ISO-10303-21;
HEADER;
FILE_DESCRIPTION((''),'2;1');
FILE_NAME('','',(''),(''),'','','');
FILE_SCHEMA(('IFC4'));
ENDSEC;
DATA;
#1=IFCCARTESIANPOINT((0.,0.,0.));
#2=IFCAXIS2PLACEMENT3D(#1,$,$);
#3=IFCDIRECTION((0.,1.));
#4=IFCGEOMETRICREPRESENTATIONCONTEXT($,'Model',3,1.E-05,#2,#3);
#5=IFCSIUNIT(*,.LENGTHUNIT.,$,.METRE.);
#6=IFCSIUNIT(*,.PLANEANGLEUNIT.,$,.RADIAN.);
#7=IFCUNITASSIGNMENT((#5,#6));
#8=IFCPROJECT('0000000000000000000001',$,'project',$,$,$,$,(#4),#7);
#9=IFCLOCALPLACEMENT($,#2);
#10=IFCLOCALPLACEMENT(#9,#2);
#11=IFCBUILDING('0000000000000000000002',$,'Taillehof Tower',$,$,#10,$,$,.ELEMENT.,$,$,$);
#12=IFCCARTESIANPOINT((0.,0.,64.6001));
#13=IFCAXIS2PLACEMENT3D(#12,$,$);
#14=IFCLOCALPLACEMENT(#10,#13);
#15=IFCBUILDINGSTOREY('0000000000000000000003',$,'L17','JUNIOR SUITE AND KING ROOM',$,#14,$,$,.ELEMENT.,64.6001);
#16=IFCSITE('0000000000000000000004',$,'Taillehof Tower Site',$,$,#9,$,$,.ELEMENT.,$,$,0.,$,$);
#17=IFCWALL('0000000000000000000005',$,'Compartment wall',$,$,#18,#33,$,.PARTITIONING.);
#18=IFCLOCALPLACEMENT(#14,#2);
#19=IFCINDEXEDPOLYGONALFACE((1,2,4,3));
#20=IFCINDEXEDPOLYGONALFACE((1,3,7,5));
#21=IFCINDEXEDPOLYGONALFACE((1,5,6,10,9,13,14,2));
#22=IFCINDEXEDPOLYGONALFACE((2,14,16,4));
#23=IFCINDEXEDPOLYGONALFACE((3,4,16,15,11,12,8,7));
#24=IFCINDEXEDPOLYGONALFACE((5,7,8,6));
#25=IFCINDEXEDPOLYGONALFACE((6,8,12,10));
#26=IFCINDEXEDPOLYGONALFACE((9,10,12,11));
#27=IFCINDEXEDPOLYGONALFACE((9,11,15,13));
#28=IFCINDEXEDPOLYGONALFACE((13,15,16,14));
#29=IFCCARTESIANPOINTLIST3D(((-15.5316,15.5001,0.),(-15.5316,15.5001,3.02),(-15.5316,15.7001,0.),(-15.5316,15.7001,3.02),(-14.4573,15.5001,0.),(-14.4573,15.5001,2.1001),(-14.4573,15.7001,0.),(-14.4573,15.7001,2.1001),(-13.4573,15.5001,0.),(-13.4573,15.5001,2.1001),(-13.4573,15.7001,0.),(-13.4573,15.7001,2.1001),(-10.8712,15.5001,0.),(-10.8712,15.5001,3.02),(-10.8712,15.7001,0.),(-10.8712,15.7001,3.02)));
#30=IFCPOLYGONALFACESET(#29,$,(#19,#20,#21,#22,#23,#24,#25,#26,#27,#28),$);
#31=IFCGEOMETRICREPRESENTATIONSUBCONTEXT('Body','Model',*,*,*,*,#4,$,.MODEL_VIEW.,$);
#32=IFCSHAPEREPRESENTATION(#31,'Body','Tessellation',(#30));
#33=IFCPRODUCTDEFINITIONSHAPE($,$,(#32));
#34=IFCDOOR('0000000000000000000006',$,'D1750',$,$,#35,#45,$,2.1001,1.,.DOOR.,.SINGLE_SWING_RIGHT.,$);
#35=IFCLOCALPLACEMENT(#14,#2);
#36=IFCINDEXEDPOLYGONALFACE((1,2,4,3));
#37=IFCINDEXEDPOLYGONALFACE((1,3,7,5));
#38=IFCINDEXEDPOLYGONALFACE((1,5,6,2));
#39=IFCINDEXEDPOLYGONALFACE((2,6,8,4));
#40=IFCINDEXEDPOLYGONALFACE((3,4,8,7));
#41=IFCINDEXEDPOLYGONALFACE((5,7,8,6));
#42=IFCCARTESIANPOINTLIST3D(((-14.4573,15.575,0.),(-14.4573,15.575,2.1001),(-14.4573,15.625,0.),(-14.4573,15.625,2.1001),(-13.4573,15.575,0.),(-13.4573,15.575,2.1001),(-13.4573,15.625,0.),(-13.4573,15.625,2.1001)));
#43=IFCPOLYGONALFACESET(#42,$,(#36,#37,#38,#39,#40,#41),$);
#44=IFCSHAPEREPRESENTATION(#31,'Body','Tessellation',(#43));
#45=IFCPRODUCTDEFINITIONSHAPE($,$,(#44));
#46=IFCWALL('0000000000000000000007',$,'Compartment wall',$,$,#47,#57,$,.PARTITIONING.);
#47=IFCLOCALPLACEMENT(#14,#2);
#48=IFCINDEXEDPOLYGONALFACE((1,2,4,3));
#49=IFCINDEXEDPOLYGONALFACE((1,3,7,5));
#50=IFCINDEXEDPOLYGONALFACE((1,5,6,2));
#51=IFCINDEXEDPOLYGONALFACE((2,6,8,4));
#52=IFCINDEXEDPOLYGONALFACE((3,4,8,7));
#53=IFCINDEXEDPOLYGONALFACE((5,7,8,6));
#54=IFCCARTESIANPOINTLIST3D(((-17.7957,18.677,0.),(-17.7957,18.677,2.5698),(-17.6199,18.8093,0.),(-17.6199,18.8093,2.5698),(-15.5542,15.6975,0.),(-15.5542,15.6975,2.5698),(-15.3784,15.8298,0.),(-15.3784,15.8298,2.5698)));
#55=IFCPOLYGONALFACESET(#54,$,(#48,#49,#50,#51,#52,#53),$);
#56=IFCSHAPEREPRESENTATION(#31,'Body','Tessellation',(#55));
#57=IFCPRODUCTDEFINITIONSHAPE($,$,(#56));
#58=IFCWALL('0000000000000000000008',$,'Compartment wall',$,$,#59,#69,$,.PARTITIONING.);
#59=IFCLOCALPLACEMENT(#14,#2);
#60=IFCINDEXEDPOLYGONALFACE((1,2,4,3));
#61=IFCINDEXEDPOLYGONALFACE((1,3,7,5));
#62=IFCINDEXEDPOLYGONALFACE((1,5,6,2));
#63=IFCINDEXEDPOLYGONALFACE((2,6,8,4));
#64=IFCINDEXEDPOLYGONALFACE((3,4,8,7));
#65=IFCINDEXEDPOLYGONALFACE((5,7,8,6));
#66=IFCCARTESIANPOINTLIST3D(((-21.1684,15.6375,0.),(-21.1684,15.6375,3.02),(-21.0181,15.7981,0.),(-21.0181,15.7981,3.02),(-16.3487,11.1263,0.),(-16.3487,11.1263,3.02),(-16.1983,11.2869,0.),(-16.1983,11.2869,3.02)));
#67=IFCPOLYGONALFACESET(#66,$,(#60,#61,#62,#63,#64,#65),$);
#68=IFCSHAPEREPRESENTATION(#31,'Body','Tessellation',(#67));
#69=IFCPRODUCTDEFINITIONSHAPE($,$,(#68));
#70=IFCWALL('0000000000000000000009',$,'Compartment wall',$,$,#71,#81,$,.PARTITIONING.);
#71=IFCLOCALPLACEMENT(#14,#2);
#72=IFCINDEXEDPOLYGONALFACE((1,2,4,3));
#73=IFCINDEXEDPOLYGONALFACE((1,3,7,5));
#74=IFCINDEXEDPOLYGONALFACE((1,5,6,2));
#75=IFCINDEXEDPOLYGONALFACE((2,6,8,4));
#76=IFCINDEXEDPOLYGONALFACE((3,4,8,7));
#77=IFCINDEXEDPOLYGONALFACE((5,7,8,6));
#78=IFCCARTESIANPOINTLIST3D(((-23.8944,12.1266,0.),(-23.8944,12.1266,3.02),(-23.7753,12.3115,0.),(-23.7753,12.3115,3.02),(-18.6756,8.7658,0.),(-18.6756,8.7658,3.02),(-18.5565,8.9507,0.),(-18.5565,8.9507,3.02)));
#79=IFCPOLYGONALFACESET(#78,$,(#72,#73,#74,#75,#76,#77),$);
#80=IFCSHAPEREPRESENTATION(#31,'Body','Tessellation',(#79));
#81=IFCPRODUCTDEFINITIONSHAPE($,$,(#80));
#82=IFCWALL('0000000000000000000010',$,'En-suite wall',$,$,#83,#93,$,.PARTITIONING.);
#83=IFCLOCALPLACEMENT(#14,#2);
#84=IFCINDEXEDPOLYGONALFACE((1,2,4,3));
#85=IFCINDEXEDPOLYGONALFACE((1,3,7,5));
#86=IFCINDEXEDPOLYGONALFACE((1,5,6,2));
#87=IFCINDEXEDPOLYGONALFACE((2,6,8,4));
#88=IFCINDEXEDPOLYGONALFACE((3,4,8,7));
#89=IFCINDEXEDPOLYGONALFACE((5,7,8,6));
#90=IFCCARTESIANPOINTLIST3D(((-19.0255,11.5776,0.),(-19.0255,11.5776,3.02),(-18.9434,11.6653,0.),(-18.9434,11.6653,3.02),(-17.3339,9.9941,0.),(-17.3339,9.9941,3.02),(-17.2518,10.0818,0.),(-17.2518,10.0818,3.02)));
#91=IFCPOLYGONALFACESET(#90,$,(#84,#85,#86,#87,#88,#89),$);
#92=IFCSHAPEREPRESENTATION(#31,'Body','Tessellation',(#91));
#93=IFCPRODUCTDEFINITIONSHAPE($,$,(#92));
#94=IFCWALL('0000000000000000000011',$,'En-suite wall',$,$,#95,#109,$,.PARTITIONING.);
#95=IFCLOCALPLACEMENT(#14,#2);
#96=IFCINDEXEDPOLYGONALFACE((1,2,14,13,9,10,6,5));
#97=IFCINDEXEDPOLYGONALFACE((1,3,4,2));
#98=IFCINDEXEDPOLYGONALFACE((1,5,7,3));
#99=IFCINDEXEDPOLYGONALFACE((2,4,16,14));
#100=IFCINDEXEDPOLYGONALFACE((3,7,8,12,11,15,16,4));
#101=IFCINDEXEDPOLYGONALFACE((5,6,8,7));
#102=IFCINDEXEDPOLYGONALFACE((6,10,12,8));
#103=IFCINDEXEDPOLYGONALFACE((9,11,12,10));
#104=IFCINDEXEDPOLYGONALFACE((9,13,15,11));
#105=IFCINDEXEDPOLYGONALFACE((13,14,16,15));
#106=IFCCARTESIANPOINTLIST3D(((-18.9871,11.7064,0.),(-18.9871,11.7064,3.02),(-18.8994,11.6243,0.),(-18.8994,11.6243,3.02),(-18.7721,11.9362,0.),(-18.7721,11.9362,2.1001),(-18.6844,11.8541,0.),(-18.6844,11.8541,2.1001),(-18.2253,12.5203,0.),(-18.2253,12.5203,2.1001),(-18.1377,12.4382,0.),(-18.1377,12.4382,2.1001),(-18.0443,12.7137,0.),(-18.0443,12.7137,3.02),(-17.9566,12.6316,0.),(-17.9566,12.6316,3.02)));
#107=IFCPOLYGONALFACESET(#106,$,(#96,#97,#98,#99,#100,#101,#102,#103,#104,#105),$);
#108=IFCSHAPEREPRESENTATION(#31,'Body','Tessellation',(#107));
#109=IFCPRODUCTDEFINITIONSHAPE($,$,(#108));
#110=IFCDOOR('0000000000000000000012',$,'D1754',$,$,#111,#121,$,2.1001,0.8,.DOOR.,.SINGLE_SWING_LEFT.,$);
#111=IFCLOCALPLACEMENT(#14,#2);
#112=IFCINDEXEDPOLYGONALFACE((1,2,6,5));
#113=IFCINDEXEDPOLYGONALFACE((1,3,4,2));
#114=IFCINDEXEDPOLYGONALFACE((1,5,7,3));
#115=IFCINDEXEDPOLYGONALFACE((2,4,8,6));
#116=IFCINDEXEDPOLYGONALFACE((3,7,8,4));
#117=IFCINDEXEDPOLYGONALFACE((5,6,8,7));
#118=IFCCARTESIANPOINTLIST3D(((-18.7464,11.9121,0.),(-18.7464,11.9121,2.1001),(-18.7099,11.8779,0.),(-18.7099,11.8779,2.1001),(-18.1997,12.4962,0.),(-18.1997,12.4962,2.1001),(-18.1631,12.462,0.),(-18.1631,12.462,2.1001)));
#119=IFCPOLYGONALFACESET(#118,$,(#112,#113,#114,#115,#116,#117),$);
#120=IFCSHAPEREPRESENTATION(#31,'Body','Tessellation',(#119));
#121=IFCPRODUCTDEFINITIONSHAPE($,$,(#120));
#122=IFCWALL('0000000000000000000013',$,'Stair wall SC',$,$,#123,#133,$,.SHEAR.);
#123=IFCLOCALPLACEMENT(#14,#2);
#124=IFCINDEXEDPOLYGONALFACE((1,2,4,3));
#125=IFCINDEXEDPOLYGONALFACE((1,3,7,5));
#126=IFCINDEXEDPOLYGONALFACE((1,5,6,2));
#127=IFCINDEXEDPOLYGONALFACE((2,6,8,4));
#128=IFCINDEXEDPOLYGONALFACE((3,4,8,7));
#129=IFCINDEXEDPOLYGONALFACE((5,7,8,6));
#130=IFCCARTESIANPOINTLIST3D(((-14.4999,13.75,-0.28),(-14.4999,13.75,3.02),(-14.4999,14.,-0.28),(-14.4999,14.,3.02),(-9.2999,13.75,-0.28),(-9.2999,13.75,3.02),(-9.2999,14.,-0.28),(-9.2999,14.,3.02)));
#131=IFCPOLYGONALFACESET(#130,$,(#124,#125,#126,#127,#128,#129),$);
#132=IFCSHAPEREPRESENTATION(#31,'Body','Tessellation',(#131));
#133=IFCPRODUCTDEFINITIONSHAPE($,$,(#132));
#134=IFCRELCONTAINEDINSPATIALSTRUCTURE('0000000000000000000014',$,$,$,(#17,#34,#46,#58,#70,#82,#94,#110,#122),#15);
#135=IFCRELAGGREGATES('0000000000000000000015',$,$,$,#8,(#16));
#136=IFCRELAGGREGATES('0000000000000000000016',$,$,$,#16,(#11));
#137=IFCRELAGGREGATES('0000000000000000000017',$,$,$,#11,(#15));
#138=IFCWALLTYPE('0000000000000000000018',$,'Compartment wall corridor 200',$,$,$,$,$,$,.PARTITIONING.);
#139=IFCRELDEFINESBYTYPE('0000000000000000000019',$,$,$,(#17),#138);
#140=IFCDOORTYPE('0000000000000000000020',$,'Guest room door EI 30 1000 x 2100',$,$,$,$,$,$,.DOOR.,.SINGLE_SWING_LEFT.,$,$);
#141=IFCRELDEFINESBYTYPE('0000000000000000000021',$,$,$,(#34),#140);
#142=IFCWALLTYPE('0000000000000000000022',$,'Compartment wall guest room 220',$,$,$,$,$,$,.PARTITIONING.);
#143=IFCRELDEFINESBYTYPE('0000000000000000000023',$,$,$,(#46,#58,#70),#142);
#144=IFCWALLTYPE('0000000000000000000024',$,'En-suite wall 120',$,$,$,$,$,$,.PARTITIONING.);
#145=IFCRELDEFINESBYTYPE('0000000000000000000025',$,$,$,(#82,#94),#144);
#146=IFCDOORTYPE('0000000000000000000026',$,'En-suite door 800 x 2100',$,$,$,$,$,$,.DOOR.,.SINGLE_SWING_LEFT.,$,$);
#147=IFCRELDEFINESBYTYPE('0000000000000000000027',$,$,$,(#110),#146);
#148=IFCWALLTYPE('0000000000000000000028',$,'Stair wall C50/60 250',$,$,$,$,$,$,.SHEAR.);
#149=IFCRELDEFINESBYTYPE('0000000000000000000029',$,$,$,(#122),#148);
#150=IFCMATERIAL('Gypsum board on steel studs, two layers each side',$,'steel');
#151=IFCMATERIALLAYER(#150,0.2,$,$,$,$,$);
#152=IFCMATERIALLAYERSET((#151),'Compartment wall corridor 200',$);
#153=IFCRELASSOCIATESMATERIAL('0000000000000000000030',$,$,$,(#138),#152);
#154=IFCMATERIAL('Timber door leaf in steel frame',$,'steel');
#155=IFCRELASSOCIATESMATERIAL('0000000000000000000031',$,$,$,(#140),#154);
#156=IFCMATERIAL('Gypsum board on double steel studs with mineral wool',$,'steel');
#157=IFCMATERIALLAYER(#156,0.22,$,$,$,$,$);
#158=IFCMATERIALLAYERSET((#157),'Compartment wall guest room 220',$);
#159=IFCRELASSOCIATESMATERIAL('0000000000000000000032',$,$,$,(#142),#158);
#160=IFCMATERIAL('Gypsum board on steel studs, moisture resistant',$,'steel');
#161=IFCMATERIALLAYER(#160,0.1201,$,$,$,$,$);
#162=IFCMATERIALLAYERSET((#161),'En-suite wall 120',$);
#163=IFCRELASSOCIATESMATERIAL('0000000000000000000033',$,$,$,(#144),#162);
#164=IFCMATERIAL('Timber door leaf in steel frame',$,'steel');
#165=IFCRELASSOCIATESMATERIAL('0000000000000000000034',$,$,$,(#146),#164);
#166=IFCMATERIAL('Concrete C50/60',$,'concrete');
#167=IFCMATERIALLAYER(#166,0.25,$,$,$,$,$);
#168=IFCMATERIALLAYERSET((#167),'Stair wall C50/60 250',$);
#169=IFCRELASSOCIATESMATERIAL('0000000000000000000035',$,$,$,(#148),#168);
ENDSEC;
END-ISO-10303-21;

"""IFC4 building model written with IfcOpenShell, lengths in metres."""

from ifc_helpers import new_model, si_unit, direction, frame, frame_2d, origin, place, context, subcontext, project, spatial, rectangle, extrude, material, layer, layer_set, type_object, element, fill, save


model = new_model("IFC4")

# Units and contexts
model_context = context("Model", 3, precision=1e-05, world=origin(), true_north=direction((0.0, 1.0)))
body_context = subcontext(model_context, "Body", "Model", "MODEL_VIEW")
ifc_project = project(units=[si_unit("LENGTHUNIT", "METRE"), si_unit("PLANEANGLEUNIT", "RADIAN")], contexts=[model_context])

# Site, building, storey
site_placement = place(None, origin())
site = spatial("IfcSite", under=ifc_project, at=site_placement, Name="Taillehof Tower Site", CompositionType="ELEMENT", RefElevation=0.0)
building_placement = place(site_placement, origin())
building = spatial("IfcBuilding", under=site, at=building_placement, Name="Taillehof Tower", CompositionType="ELEMENT")
storey_placement = place(building_placement, frame((0.0, 0.0, 64.6001)))
storey = spatial("IfcBuildingStorey", under=building, at=storey_placement, Name="L17", Description="JUNIOR SUITE AND KING ROOM", CompositionType="ELEMENT", Elevation=64.6001)

# Shared definitions
ifc_material_1 = material(Name="Gypsum board on steel studs, two layers each side", Category="steel")
ifc_layer_1 = layer(ifc_material_1, 0.2)
ifc_layer_set_1 = layer_set([ifc_layer_1], Name="Compartment wall corridor 200")
wall_type_1 = type_object("IfcWallType", Name="Compartment wall corridor 200", PredefinedType="PARTITIONING", material=ifc_layer_set_1)
ifc_material_2 = material(Name="Timber door leaf in steel frame", Category="steel")
door_type_1 = type_object("IfcDoorType", Name="Guest room door EI 30 1000 x 2100", OperationType="SINGLE_SWING_LEFT", PredefinedType="DOOR", material=ifc_material_2)

# Wall, opening, door
wall_1_placement = place(storey_placement, frame((-15.5315, 15.6001, 0.0), z_axis=(0.0, 0.0, 1.0), x_axis=(1.0, 0.0, 0.0)))
wall_1 = element("IfcWall", 1, at=wall_1_placement, inside=storey, type_object=wall_type_1, Name="Compartment wall", PredefinedType="PARTITIONING", context=body_context, shape_type="SweptSolid", body=[
    extrude(rectangle(XDim=4.6604, YDim=0.2, at=frame_2d((2.3301, 0.0))), origin(), (0.0, 0.0, 1.0), 3.02),
])
opening_1_placement = place(wall_1_placement, frame((1.0742, 0.0, 0.0)))
opening_1 = element("IfcOpeningElement", 2, at=opening_1_placement, cuts=wall_1, PredefinedType="OPENING", context=body_context, shape_type="SweptSolid", body=[
    extrude(rectangle(XDim=1.0, YDim=2.1001, at=frame_2d((0.5, 1.05))), frame((0.0, 0.1099, 0.0), z_axis=(0.0, -1.0, 0.0), x_axis=(1.0, 0.0, 0.0)), (0.0, 0.0, 1.0), 0.22),
])
door_1_placement = place(opening_1_placement, origin())
door_1 = element("IfcDoor", 3, at=door_1_placement, inside=storey, type_object=door_type_1, Name="D1750", OperationType="SINGLE_SWING_RIGHT", OverallHeight=2.1001, OverallWidth=1.0, PredefinedType="DOOR", context=body_context, shape_type="SweptSolid", body=[
    extrude(rectangle(XDim=1.0, YDim=2.1001, at=frame_2d((0.5, 1.05))), frame((0.0, 0.0249, 0.0), z_axis=(0.0, -1.0, 0.0), x_axis=(1.0, 0.0, 0.0)), (0.0, 0.0, 1.0), 0.05),
])
fill(opening_1, door_1)

# Walls
ifc_material_3 = material(Name="Gypsum board on double steel studs with mineral wool", Category="steel")
ifc_layer_2 = layer(ifc_material_3, 0.22)
ifc_layer_set_2 = layer_set([ifc_layer_2], Name="Compartment wall guest room 220")
wall_type_2 = type_object("IfcWallType", Name="Compartment wall guest room 220", PredefinedType="PARTITIONING", material=ifc_layer_set_2)
wall_2_placement = place(storey_placement, frame((-17.7078, 18.7432, 0.0), z_axis=(0.0, 0.0, 1.0), x_axis=(0.601173, -0.799119, 0.0)))
element("IfcWall", 4, at=wall_2_placement, inside=storey, type_object=wall_type_2, Name="Compartment wall", PredefinedType="PARTITIONING", context=body_context, shape_type="SweptSolid", body=[
    extrude(rectangle(XDim=3.7285, YDim=0.22, at=frame_2d((1.8643, 0.0))), origin(), (0.0, 0.0, 1.0), 2.5698),
])
wall_3_placement = place(storey_placement, frame((-21.0933, 15.7178, 0.0), z_axis=(0.0, 0.0, 1.0), x_axis=(0.730093, -0.683348, 0.0)))
element("IfcWall", 5, at=wall_3_placement, inside=storey, type_object=wall_type_2, Name="Compartment wall", PredefinedType="PARTITIONING", context=body_context, shape_type="SweptSolid", body=[
    extrude(rectangle(XDim=6.6016, YDim=0.22, at=frame_2d((3.3008, 0.0))), origin(), (0.0, 0.0, 1.0), 3.02),
])
wall_4_placement = place(storey_placement, frame((-23.8347, 12.219, 0.0), z_axis=(0.0, 0.0, 1.0), x_axis=(0.840744, -0.541433, 0.0)))
element("IfcWall", 6, at=wall_4_placement, inside=storey, type_object=wall_type_2, Name="Compartment wall", PredefinedType="PARTITIONING", context=body_context, shape_type="SweptSolid", body=[
    extrude(rectangle(XDim=6.2073, YDim=0.22, at=frame_2d((3.1035, 0.0))), origin(), (0.0, 0.0, 1.0), 3.02),
])
ifc_material_4 = material(Name="Gypsum board on steel studs, moisture resistant", Category="steel")
ifc_layer_3 = layer(ifc_material_4, 0.1201)
ifc_layer_set_3 = layer_set([ifc_layer_3], Name="En-suite wall 120")
wall_type_3 = type_object("IfcWallType", Name="En-suite wall 120", PredefinedType="PARTITIONING", material=ifc_layer_set_3)
wall_5_placement = place(storey_placement, frame((-17.2927, 10.0378, 0.0), z_axis=(0.0, 0.0, 1.0), x_axis=(-0.730059, 0.683384, 0.0)))
element("IfcWall", 7, at=wall_5_placement, inside=storey, type_object=wall_type_3, Name="En-suite wall", PredefinedType="PARTITIONING", context=body_context, shape_type="SweptSolid", body=[
    extrude(rectangle(XDim=2.3171, YDim=0.1201, at=frame_2d((1.1587, 0.0))), origin(), (0.0, 0.0, 1.0), 3.02),
])

# Wall, opening, door
wall_6_placement = place(storey_placement, frame((-18.9434, 11.6653, 0.0), z_axis=(0.0, 0.0, 1.0), x_axis=(0.683364, 0.730078, 0.0)))
wall_6 = element("IfcWall", 8, at=wall_6_placement, inside=storey, type_object=wall_type_3, Name="En-suite wall", PredefinedType="PARTITIONING", context=body_context, shape_type="SweptSolid", body=[
    extrude(rectangle(XDim=1.3796, YDim=0.1201, at=frame_2d((0.6899, 0.0))), origin(), (0.0, 0.0, 1.0), 3.02),
])
opening_2_placement = place(wall_6_placement, frame((0.3149, 0.0, 0.0)))
opening_2 = element("IfcOpeningElement", 9, at=opening_2_placement, cuts=wall_6, PredefinedType="OPENING", context=body_context, shape_type="SweptSolid", body=[
    extrude(rectangle(XDim=0.8, YDim=2.1001, at=frame_2d((0.3999, 1.05))), frame((0.0, 0.0701, 0.0), z_axis=(0.0, -1.0, 0.0), x_axis=(1.0, 0.0, 0.0)), (0.0, 0.0, 1.0), 0.1401),
])
ifc_material_5 = material(Name="Timber door leaf in steel frame", Category="steel")
door_type_2 = type_object("IfcDoorType", Name="En-suite door 800 x 2100", OperationType="SINGLE_SWING_LEFT", PredefinedType="DOOR", material=ifc_material_5)
door_2_placement = place(opening_2_placement, origin())
door_2 = element("IfcDoor", 10, at=door_2_placement, inside=storey, type_object=door_type_2, Name="D1754", OperationType="SINGLE_SWING_LEFT", OverallHeight=2.1001, OverallWidth=0.8, PredefinedType="DOOR", context=body_context, shape_type="SweptSolid", body=[
    extrude(rectangle(XDim=0.8, YDim=2.1001, at=frame_2d((0.3999, 1.05))), frame((0.0, 0.0249, 0.0), z_axis=(0.0, -1.0, 0.0), x_axis=(1.0, 0.0, 0.0)), (0.0, 0.0, 1.0), 0.05),
])
fill(opening_2, door_2)

# Wall
ifc_material_6 = material(Name="Concrete C50/60", Category="concrete")
ifc_layer_4 = layer(ifc_material_6, 0.25)
ifc_layer_set_4 = layer_set([ifc_layer_4], Name="Stair wall C50/60 250")
wall_type_4 = type_object("IfcWallType", Name="Stair wall C50/60 250", PredefinedType="SHEAR", material=ifc_layer_set_4)
wall_7_placement = place(storey_placement, frame((-14.5, 13.875, -0.28), z_axis=(0.0, 0.0, 1.0), x_axis=(1.0, 0.0, 0.0)))
element("IfcWall", 11, at=wall_7_placement, inside=storey, type_object=wall_type_4, Name="Stair wall SC", PredefinedType="SHEAR", context=body_context, shape_type="SweptSolid", body=[
    extrude(rectangle(XDim=5.2, YDim=0.25, at=frame_2d((2.6001, 0.0))), origin(), (0.0, 0.0, 1.0), 3.3),
])

save(model, "model.ifc")
